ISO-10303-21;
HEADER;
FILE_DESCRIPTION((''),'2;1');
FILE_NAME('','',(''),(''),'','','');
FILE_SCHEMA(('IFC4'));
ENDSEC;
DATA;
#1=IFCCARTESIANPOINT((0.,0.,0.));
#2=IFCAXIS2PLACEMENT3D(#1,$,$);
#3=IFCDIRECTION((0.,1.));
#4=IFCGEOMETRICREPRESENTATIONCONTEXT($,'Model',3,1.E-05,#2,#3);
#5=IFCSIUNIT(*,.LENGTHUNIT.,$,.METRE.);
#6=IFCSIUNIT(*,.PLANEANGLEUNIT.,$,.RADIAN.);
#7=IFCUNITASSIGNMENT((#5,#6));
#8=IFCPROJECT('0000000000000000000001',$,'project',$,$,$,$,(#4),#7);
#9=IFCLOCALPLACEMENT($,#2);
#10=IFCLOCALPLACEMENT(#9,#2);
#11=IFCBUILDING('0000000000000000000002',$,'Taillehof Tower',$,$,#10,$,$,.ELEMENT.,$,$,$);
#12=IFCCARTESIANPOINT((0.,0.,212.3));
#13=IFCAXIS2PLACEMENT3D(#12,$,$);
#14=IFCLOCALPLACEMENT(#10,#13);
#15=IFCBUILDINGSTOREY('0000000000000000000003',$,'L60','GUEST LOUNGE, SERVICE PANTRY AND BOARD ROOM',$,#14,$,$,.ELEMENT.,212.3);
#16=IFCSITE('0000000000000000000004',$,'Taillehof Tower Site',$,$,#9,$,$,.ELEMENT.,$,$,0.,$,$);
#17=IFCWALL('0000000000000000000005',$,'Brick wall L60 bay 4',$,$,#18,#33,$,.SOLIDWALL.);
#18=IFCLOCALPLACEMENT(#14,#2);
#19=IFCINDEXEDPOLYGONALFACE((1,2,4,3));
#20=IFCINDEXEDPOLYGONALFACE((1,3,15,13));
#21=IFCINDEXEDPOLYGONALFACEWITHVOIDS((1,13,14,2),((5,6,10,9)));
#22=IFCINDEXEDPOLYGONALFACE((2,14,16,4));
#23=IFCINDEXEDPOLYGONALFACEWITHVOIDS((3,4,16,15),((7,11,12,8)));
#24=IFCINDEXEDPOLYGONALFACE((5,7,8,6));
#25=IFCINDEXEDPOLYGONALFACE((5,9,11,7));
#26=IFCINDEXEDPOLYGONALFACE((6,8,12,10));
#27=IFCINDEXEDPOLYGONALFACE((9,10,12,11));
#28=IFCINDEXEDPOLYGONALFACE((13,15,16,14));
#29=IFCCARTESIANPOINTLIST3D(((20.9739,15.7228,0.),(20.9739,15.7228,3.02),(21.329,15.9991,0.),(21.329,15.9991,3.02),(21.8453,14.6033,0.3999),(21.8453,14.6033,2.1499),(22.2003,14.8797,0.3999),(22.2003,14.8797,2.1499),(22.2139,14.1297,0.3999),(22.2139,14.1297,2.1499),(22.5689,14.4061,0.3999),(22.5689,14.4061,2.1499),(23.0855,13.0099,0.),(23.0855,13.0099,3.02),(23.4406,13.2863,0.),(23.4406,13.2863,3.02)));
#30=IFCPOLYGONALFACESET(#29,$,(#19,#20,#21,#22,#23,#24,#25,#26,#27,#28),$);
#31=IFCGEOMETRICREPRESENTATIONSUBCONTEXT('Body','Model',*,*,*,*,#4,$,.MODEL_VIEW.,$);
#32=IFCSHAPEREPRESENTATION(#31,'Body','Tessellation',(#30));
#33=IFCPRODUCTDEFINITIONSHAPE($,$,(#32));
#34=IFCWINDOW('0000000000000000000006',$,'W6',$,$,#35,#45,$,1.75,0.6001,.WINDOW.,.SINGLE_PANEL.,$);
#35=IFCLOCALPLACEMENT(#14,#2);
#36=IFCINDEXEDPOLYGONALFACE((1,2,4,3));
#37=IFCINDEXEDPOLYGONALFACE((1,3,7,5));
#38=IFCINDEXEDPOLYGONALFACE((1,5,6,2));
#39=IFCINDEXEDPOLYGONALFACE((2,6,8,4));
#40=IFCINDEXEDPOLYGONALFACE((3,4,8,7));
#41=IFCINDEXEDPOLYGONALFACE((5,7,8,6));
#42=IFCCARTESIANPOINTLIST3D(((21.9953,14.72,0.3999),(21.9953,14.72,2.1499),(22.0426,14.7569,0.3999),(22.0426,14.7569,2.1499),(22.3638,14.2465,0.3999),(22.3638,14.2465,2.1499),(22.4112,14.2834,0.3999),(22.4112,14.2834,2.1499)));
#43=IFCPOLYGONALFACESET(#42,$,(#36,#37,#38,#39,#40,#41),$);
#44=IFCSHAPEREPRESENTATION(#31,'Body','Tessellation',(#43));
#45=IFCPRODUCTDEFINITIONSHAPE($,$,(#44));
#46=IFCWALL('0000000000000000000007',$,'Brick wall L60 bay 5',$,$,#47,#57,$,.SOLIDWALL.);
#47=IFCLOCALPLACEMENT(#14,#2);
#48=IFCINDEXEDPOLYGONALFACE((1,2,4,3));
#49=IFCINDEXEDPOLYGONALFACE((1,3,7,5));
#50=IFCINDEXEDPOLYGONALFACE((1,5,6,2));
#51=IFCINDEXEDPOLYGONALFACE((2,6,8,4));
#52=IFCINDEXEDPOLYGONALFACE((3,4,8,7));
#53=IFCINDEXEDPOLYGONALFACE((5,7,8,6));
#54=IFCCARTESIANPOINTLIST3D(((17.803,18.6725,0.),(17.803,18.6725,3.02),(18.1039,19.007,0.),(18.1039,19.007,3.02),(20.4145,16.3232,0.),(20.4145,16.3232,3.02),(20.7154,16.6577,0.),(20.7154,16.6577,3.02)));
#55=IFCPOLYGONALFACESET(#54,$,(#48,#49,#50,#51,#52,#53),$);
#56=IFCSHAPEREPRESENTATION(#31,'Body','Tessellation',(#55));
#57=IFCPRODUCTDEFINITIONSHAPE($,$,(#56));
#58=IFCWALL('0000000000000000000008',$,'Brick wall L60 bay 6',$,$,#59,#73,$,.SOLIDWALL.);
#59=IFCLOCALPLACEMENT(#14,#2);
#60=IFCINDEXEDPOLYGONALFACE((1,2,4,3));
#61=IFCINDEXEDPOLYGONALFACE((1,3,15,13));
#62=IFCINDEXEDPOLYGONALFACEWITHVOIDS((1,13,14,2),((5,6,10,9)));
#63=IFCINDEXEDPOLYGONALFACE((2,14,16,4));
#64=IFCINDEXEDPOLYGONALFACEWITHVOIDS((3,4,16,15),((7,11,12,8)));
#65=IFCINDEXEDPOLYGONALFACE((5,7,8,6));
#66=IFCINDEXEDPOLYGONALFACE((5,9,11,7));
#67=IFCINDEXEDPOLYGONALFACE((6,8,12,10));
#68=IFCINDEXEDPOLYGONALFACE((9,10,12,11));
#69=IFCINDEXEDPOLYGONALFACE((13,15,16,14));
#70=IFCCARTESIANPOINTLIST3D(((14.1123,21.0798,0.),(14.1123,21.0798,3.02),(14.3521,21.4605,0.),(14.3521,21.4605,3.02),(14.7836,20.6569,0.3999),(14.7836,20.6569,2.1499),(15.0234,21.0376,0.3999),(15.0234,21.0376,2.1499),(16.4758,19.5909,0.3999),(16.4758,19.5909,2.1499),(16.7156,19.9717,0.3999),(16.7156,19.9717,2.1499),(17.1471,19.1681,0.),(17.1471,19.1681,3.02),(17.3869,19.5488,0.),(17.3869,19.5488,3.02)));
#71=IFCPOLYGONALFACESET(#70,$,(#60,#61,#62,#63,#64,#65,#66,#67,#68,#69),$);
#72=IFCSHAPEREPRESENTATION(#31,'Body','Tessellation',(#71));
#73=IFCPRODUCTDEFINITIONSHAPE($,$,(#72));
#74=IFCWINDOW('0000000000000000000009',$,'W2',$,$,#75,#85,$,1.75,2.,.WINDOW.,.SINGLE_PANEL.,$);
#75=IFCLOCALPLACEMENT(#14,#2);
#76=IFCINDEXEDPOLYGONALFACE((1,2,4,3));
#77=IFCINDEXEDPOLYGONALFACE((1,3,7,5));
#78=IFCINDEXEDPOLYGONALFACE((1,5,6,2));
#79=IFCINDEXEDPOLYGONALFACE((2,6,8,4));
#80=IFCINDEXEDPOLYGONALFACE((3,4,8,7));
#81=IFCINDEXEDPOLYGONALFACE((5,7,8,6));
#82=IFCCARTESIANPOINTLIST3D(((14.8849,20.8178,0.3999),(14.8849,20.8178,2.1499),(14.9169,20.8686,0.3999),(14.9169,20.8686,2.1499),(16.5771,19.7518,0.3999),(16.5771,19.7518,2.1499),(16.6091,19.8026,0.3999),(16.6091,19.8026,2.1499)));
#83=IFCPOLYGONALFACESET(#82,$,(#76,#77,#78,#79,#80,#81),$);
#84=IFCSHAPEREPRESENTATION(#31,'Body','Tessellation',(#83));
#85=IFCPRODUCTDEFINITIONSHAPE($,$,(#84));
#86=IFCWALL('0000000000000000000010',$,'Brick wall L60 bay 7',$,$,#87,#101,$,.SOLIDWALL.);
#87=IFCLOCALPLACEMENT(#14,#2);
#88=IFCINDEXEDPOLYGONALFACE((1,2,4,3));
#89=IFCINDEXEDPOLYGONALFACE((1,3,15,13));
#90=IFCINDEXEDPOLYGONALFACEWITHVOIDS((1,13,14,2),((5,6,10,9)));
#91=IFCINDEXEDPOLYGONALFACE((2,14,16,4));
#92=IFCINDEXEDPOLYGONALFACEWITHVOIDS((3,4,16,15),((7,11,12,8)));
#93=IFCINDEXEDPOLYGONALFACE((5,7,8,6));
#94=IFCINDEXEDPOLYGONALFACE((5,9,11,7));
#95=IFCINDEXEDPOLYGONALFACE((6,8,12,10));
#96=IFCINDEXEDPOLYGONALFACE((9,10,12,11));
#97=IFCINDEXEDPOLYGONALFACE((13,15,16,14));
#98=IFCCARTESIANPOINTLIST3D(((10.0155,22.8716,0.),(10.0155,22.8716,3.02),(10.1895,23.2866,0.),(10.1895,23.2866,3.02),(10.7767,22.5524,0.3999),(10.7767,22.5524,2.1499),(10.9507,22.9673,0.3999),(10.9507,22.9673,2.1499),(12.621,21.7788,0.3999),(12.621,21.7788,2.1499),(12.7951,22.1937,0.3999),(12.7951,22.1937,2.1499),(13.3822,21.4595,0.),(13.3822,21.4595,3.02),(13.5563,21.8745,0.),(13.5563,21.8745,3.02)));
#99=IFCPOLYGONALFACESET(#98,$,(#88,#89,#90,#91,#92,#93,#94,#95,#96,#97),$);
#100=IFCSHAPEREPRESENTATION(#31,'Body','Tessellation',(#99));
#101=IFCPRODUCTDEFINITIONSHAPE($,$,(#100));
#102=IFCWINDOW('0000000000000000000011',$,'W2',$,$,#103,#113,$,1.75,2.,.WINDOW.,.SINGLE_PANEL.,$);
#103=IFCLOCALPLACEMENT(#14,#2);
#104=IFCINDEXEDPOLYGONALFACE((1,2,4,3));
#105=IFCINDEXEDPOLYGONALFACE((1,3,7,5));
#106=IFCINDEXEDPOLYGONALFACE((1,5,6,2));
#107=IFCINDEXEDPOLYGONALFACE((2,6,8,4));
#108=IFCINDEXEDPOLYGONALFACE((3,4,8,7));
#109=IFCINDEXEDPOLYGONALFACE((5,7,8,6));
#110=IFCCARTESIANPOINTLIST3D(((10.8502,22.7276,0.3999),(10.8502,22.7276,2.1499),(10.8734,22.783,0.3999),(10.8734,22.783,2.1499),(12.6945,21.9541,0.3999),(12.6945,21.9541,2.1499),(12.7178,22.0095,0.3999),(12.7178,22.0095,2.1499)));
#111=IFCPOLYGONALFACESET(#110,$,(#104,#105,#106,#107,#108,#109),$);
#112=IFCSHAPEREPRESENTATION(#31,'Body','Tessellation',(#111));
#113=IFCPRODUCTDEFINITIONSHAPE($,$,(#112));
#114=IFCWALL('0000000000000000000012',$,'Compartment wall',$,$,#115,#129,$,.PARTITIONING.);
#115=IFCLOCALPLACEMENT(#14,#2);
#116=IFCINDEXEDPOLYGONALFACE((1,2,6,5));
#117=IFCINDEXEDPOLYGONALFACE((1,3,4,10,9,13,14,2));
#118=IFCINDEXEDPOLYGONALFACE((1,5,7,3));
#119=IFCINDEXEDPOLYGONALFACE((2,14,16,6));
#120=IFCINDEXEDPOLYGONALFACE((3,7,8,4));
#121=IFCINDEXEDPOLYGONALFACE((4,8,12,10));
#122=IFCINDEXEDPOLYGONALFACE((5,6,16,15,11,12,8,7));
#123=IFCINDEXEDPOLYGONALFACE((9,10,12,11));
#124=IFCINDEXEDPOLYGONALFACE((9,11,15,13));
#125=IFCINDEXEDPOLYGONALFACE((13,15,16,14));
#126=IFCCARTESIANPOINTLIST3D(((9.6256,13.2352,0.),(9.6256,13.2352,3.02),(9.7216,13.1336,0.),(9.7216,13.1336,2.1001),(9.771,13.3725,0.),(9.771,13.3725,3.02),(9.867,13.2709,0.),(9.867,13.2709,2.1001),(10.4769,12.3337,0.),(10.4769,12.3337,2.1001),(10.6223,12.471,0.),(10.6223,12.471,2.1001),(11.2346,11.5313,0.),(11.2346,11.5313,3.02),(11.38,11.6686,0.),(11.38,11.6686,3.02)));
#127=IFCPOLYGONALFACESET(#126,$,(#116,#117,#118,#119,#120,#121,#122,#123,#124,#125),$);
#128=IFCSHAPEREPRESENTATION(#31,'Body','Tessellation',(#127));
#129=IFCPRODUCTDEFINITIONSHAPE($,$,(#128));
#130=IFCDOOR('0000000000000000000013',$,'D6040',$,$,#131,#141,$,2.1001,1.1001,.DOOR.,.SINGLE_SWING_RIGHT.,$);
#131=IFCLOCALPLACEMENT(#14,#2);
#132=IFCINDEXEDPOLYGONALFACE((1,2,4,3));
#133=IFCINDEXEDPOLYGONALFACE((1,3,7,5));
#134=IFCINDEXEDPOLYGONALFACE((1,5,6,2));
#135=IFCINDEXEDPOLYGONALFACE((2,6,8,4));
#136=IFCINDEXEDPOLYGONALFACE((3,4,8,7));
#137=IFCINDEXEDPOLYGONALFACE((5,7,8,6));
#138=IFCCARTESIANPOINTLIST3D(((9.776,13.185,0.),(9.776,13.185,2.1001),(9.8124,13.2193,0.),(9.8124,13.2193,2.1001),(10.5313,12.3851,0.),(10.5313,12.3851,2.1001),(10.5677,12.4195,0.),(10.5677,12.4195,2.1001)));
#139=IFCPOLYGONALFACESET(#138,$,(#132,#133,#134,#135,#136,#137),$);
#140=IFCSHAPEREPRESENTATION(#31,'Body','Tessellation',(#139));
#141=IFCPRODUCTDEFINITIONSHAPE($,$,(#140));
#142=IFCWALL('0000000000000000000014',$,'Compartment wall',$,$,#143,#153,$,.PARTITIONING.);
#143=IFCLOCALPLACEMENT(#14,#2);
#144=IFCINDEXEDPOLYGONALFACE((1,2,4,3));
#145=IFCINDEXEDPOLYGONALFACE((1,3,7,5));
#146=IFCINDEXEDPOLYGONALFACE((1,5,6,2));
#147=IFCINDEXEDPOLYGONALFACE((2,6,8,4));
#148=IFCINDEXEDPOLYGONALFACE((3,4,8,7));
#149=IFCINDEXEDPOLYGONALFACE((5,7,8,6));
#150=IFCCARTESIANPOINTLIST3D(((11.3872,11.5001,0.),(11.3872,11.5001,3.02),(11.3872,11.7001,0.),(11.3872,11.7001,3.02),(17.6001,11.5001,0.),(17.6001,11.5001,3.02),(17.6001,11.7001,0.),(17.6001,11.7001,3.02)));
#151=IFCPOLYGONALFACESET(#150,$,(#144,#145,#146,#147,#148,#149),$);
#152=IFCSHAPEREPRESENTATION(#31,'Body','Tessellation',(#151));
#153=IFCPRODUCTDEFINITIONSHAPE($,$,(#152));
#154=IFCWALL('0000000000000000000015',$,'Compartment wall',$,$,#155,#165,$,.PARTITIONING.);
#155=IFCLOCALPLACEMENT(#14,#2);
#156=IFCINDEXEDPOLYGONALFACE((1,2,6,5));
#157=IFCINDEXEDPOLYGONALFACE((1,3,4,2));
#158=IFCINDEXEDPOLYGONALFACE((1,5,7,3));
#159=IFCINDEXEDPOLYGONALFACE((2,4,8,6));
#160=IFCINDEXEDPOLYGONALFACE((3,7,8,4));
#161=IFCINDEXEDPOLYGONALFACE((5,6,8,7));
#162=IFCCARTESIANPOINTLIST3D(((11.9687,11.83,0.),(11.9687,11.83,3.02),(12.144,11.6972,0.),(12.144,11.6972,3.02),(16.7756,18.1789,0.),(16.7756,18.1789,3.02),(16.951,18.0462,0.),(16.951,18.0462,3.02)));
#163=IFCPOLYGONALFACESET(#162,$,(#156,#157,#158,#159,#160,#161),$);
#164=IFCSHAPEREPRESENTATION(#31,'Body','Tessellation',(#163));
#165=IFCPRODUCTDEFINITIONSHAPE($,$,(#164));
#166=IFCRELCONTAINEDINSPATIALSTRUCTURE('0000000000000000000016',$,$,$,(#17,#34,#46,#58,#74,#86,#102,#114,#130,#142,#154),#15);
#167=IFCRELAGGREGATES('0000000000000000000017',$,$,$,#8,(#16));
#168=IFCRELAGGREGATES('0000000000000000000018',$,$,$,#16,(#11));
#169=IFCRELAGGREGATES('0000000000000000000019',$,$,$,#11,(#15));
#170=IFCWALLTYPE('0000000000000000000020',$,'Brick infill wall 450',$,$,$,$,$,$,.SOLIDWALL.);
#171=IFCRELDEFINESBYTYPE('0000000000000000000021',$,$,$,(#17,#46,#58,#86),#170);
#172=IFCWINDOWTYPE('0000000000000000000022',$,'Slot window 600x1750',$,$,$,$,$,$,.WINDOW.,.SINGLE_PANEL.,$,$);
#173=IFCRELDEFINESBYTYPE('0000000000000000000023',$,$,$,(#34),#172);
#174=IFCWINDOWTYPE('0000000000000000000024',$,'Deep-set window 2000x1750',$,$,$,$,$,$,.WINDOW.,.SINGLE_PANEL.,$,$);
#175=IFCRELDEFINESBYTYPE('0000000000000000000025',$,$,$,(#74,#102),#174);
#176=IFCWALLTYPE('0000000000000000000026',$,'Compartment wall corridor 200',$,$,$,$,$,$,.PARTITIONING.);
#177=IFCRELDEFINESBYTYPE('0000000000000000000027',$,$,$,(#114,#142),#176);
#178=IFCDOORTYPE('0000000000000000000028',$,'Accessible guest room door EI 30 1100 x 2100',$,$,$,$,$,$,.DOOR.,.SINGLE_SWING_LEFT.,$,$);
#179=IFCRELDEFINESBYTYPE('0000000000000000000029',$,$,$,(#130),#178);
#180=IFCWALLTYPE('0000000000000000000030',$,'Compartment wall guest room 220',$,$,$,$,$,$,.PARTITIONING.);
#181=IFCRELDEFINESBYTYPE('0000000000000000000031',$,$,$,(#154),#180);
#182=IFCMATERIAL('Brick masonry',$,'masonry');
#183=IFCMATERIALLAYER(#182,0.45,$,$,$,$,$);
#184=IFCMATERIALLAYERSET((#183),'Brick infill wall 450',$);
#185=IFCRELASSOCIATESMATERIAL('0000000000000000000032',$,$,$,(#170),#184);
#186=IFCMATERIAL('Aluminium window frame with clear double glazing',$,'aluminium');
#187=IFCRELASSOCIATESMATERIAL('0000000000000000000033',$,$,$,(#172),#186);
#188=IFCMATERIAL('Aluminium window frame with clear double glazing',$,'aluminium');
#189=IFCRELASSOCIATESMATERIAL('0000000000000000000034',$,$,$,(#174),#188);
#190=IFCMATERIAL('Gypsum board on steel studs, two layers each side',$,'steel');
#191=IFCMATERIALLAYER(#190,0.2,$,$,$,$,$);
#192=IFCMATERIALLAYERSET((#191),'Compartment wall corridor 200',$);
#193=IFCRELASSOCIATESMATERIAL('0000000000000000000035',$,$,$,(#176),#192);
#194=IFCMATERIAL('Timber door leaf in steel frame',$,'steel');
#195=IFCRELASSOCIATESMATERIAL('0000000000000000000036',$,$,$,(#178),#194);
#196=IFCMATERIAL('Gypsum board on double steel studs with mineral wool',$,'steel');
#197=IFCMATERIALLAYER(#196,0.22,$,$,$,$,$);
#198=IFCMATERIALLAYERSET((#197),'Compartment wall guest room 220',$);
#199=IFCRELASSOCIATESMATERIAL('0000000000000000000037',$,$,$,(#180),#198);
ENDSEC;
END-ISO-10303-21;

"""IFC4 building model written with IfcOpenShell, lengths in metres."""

from ifc_helpers import new_model, si_unit, direction, frame, frame_2d, origin, place, context, subcontext, project, spatial, rectangle, extrude, material, layer, layer_set, type_object, element, fill, save


model = new_model("IFC4")

# Units and contexts
model_context = context("Model", 3, precision=1e-05, world=origin(), true_north=direction((0.0, 1.0)))
body_context = subcontext(model_context, "Body", "Model", "MODEL_VIEW")
ifc_project = project(units=[si_unit("LENGTHUNIT", "METRE"), si_unit("PLANEANGLEUNIT", "RADIAN")], contexts=[model_context])

# Site, building, storey
site_placement = place(None, origin())
site = spatial("IfcSite", under=ifc_project, at=site_placement, Name="Taillehof Tower Site", CompositionType="ELEMENT", RefElevation=0.0)
building_placement = place(site_placement, origin())
building = spatial("IfcBuilding", under=site, at=building_placement, Name="Taillehof Tower", CompositionType="ELEMENT")
storey_placement = place(building_placement, frame((0.0, 0.0, 212.3)))
storey = spatial("IfcBuildingStorey", under=building, at=storey_placement, Name="L60", Description="GUEST LOUNGE, SERVICE PANTRY AND BOARD ROOM", CompositionType="ELEMENT", Elevation=212.3)

# Wall, opening, window
ifc_material_1 = material(Name="Brick masonry", Category="masonry")
ifc_layer_1 = layer(ifc_material_1, 0.45)
ifc_layer_set_1 = layer_set([ifc_layer_1], Name="Brick infill wall 450")
wall_type_1 = type_object("IfcWallType", Name="Brick infill wall 450", PredefinedType="SOLIDWALL", material=ifc_layer_set_1)
wall_1_placement = place(storey_placement, frame((23.2629, 13.1482, 0.0), z_axis=(0.0, 0.0, 1.0), x_axis=(-0.614221, 0.789134, 0.0)))
wall_1 = element("IfcWall", 1, at=wall_1_placement, inside=storey, type_object=wall_type_1, Name="Brick wall L60 bay 4", PredefinedType="SOLIDWALL", context=body_context, shape_type="SweptSolid", body=[
    extrude(rectangle(XDim=3.4377, YDim=0.45, at=frame_2d((1.7188, 0.0))), origin(), (0.0, 0.0, 1.0), 3.02),
])
opening_1_placement = place(wall_1_placement, frame((1.4189, 0.0, 0.3999)))
opening_1 = element("IfcOpeningElement", 2, at=opening_1_placement, cuts=wall_1, PredefinedType="OPENING", context=body_context, shape_type="SweptSolid", body=[
    extrude(rectangle(XDim=0.6001, YDim=1.75, at=frame_2d((0.3, 0.875))), frame((0.0, 0.2349, 0.0), z_axis=(0.0, -1.0, 0.0), x_axis=(1.0, 0.0, 0.0)), (0.0, 0.0, 1.0), 0.47),
])
ifc_material_2 = material(Name="Aluminium window frame with clear double glazing", Category="aluminium")
window_type_1 = type_object("IfcWindowType", Name="Slot window 600x1750", PartitioningType="SINGLE_PANEL", PredefinedType="WINDOW", material=ifc_material_2)
window_1_placement = place(opening_1_placement, origin())
window_1 = element("IfcWindow", 3, at=window_1_placement, inside=storey, type_object=window_type_1, Name="W6", OverallHeight=1.75, OverallWidth=0.6001, PartitioningType="SINGLE_PANEL", PredefinedType="WINDOW", context=body_context, shape_type="SweptSolid", body=[
    extrude(rectangle(XDim=0.6001, YDim=1.75, at=frame_2d((0.3, 0.875))), frame((0.0, 0.0349, 0.0), z_axis=(0.0, -1.0, 0.0), x_axis=(1.0, 0.0, 0.0)), (0.0, 0.0, 1.0), 0.0601),
])
fill(opening_1, window_1)

# Wall
wall_2_placement = place(storey_placement, frame((20.5649, 16.4905, 0.0), z_axis=(0.0, 0.0, 1.0), x_axis=(-0.743443, 0.6688, 0.0)))
element("IfcWall", 4, at=wall_2_placement, inside=storey, type_object=wall_type_1, Name="Brick wall L60 bay 5", PredefinedType="SOLIDWALL", context=body_context, shape_type="SweptSolid", body=[
    extrude(rectangle(XDim=3.5127, YDim=0.45, at=frame_2d((1.7563, 0.0))), origin(), (0.0, 0.0, 1.0), 3.02),
])

# Walls, openings, windows
wall_3_placement = place(storey_placement, frame((17.2671, 19.3584, 0.0), z_axis=(0.0, 0.0, 1.0), x_axis=(-0.846119, 0.532994, 0.0)))
wall_3 = element("IfcWall", 5, at=wall_3_placement, inside=storey, type_object=wall_type_1, Name="Brick wall L60 bay 6", PredefinedType="SOLIDWALL", context=body_context, shape_type="SweptSolid", body=[
    extrude(rectangle(XDim=3.5867, YDim=0.45, at=frame_2d((1.7935, 0.0))), origin(), (0.0, 0.0, 1.0), 3.02),
])
opening_2_placement = place(wall_3_placement, frame((0.7935, 0.0, 0.3999)))
opening_2 = element("IfcOpeningElement", 6, at=opening_2_placement, cuts=wall_3, PredefinedType="OPENING", context=body_context, shape_type="SweptSolid", body=[
    extrude(rectangle(XDim=2.0, YDim=1.75, at=frame_2d((1.0, 0.875))), frame((0.0, 0.2349, 0.0), z_axis=(0.0, -1.0, 0.0), x_axis=(1.0, 0.0, 0.0)), (0.0, 0.0, 1.0), 0.47),
])
ifc_material_3 = material(Name="Aluminium window frame with clear double glazing", Category="aluminium")
window_type_2 = type_object("IfcWindowType", Name="Deep-set window 2000x1750", PartitioningType="SINGLE_PANEL", PredefinedType="WINDOW", material=ifc_material_3)
window_2_placement = place(opening_2_placement, origin())
window_2 = element("IfcWindow", 7, at=window_2_placement, inside=storey, type_object=window_type_2, Name="W2", OverallHeight=1.75, OverallWidth=2.0, PartitioningType="SINGLE_PANEL", PredefinedType="WINDOW", context=body_context, shape_type="SweptSolid", body=[
    extrude(rectangle(XDim=2.0, YDim=1.75, at=frame_2d((1.0, 0.875))), frame((0.0, 0.0349, 0.0), z_axis=(0.0, -1.0, 0.0), x_axis=(1.0, 0.0, 0.0)), (0.0, 0.0, 1.0), 0.0601),
])
fill(opening_2, window_2)
wall_4_placement = place(storey_placement, frame((13.4692, 21.667, 0.0), z_axis=(0.0, 0.0, 1.0), x_axis=(-0.922168, 0.386789, 0.0)))
wall_4 = element("IfcWall", 8, at=wall_4_placement, inside=storey, type_object=wall_type_1, Name="Brick wall L60 bay 7", PredefinedType="SOLIDWALL", context=body_context, shape_type="SweptSolid", body=[
    extrude(rectangle(XDim=3.6509, YDim=0.45, at=frame_2d((1.8254, 0.0))), origin(), (0.0, 0.0, 1.0), 3.02),
])
opening_3_placement = place(wall_4_placement, frame((0.8254, 0.0, 0.3999)))
opening_3 = element("IfcOpeningElement", 9, at=opening_3_placement, cuts=wall_4, PredefinedType="OPENING", context=body_context, shape_type="SweptSolid", body=[
    extrude(rectangle(XDim=2.0, YDim=1.75, at=frame_2d((1.0, 0.875))), frame((0.0, 0.2349, 0.0), z_axis=(0.0, -1.0, 0.0), x_axis=(1.0, 0.0, 0.0)), (0.0, 0.0, 1.0), 0.47),
])
window_3_placement = place(opening_3_placement, origin())
window_3 = element("IfcWindow", 10, at=window_3_placement, inside=storey, type_object=window_type_2, Name="W2", OverallHeight=1.75, OverallWidth=2.0, PartitioningType="SINGLE_PANEL", PredefinedType="WINDOW", context=body_context, shape_type="SweptSolid", body=[
    extrude(rectangle(XDim=2.0, YDim=1.75, at=frame_2d((1.0, 0.875))), frame((0.0, 0.0349, 0.0), z_axis=(0.0, -1.0, 0.0), x_axis=(1.0, 0.0, 0.0)), (0.0, 0.0, 1.0), 0.0601),
])
fill(opening_3, window_3)

# Wall, opening, door
ifc_material_4 = material(Name="Gypsum board on steel studs, two layers each side", Category="steel")
ifc_layer_2 = layer(ifc_material_4, 0.2)
ifc_layer_set_2 = layer_set([ifc_layer_2], Name="Compartment wall corridor 200")
wall_type_2 = type_object("IfcWallType", Name="Compartment wall corridor 200", PredefinedType="PARTITIONING", material=ifc_layer_set_2)
wall_5_placement = place(storey_placement, frame((9.6982, 13.304, 0.0), z_axis=(0.0, 0.0, 1.0), x_axis=(0.686553, -0.72708, 0.0)))
wall_5 = element("IfcWall", 11, at=wall_5_placement, inside=storey, type_object=wall_type_2, Name="Compartment wall", PredefinedType="PARTITIONING", context=body_context, shape_type="SweptSolid", body=[
    extrude(rectangle(XDim=2.3435, YDim=0.2, at=frame_2d((1.1719, 0.0))), origin(), (0.0, 0.0, 1.0), 3.02),
])
opening_4_placement = place(wall_5_placement, frame((0.1399, 0.0, 0.0)))
opening_4 = element("IfcOpeningElement", 12, at=opening_4_placement, cuts=wall_5, PredefinedType="OPENING", context=body_context, shape_type="SweptSolid", body=[
    extrude(rectangle(XDim=1.1001, YDim=2.1001, at=frame_2d((0.55, 1.05))), frame((0.0, 0.1099, 0.0), z_axis=(0.0, -1.0, 0.0), x_axis=(1.0, 0.0, 0.0)), (0.0, 0.0, 1.0), 0.22),
])
ifc_material_5 = material(Name="Timber door leaf in steel frame", Category="steel")
door_type_1 = type_object("IfcDoorType", Name="Accessible guest room door EI 30 1100 x 2100", OperationType="SINGLE_SWING_LEFT", PredefinedType="DOOR", material=ifc_material_5)
door_1_placement = place(opening_4_placement, origin())
door_1 = element("IfcDoor", 13, at=door_1_placement, inside=storey, type_object=door_type_1, Name="D6040", OperationType="SINGLE_SWING_RIGHT", OverallHeight=2.1001, OverallWidth=1.1001, PredefinedType="DOOR", context=body_context, shape_type="SweptSolid", body=[
    extrude(rectangle(XDim=1.1001, YDim=2.1001, at=frame_2d((0.55, 1.05))), frame((0.0, 0.0249, 0.0), z_axis=(0.0, -1.0, 0.0), x_axis=(1.0, 0.0, 0.0)), (0.0, 0.0, 1.0), 0.05),
])
fill(opening_4, door_1)

# Walls
wall_6_placement = place(storey_placement, frame((11.3872, 11.6001, 0.0), z_axis=(0.0, 0.0, 1.0), x_axis=(1.0, 0.0, 0.0)))
element("IfcWall", 14, at=wall_6_placement, inside=storey, type_object=wall_type_2, Name="Compartment wall", PredefinedType="PARTITIONING", context=body_context, shape_type="SweptSolid", body=[
    extrude(rectangle(XDim=6.2129, YDim=0.2, at=frame_2d((3.1064, 0.0))), origin(), (0.0, 0.0, 1.0), 3.02),
])
ifc_material_6 = material(Name="Gypsum board on double steel studs with mineral wool", Category="steel")
ifc_layer_3 = layer(ifc_material_6, 0.22)
ifc_layer_set_3 = layer_set([ifc_layer_3], Name="Compartment wall guest room 220")
wall_type_3 = type_object("IfcWallType", Name="Compartment wall guest room 220", PredefinedType="PARTITIONING", material=ifc_layer_set_3)
wall_7_placement = place(storey_placement, frame((16.8633, 18.1125, 0.0), z_axis=(0.0, 0.0, 1.0), x_axis=(-0.603629, -0.797266, 0.0)))
element("IfcWall", 15, at=wall_7_placement, inside=storey, type_object=wall_type_3, Name="Compartment wall", PredefinedType="PARTITIONING", context=body_context, shape_type="SweptSolid", body=[
    extrude(rectangle(XDim=7.9634, YDim=0.22, at=frame_2d((3.9817, 0.0))), origin(), (0.0, 0.0, 1.0), 3.02),
])

save(model, "model.ifc")
